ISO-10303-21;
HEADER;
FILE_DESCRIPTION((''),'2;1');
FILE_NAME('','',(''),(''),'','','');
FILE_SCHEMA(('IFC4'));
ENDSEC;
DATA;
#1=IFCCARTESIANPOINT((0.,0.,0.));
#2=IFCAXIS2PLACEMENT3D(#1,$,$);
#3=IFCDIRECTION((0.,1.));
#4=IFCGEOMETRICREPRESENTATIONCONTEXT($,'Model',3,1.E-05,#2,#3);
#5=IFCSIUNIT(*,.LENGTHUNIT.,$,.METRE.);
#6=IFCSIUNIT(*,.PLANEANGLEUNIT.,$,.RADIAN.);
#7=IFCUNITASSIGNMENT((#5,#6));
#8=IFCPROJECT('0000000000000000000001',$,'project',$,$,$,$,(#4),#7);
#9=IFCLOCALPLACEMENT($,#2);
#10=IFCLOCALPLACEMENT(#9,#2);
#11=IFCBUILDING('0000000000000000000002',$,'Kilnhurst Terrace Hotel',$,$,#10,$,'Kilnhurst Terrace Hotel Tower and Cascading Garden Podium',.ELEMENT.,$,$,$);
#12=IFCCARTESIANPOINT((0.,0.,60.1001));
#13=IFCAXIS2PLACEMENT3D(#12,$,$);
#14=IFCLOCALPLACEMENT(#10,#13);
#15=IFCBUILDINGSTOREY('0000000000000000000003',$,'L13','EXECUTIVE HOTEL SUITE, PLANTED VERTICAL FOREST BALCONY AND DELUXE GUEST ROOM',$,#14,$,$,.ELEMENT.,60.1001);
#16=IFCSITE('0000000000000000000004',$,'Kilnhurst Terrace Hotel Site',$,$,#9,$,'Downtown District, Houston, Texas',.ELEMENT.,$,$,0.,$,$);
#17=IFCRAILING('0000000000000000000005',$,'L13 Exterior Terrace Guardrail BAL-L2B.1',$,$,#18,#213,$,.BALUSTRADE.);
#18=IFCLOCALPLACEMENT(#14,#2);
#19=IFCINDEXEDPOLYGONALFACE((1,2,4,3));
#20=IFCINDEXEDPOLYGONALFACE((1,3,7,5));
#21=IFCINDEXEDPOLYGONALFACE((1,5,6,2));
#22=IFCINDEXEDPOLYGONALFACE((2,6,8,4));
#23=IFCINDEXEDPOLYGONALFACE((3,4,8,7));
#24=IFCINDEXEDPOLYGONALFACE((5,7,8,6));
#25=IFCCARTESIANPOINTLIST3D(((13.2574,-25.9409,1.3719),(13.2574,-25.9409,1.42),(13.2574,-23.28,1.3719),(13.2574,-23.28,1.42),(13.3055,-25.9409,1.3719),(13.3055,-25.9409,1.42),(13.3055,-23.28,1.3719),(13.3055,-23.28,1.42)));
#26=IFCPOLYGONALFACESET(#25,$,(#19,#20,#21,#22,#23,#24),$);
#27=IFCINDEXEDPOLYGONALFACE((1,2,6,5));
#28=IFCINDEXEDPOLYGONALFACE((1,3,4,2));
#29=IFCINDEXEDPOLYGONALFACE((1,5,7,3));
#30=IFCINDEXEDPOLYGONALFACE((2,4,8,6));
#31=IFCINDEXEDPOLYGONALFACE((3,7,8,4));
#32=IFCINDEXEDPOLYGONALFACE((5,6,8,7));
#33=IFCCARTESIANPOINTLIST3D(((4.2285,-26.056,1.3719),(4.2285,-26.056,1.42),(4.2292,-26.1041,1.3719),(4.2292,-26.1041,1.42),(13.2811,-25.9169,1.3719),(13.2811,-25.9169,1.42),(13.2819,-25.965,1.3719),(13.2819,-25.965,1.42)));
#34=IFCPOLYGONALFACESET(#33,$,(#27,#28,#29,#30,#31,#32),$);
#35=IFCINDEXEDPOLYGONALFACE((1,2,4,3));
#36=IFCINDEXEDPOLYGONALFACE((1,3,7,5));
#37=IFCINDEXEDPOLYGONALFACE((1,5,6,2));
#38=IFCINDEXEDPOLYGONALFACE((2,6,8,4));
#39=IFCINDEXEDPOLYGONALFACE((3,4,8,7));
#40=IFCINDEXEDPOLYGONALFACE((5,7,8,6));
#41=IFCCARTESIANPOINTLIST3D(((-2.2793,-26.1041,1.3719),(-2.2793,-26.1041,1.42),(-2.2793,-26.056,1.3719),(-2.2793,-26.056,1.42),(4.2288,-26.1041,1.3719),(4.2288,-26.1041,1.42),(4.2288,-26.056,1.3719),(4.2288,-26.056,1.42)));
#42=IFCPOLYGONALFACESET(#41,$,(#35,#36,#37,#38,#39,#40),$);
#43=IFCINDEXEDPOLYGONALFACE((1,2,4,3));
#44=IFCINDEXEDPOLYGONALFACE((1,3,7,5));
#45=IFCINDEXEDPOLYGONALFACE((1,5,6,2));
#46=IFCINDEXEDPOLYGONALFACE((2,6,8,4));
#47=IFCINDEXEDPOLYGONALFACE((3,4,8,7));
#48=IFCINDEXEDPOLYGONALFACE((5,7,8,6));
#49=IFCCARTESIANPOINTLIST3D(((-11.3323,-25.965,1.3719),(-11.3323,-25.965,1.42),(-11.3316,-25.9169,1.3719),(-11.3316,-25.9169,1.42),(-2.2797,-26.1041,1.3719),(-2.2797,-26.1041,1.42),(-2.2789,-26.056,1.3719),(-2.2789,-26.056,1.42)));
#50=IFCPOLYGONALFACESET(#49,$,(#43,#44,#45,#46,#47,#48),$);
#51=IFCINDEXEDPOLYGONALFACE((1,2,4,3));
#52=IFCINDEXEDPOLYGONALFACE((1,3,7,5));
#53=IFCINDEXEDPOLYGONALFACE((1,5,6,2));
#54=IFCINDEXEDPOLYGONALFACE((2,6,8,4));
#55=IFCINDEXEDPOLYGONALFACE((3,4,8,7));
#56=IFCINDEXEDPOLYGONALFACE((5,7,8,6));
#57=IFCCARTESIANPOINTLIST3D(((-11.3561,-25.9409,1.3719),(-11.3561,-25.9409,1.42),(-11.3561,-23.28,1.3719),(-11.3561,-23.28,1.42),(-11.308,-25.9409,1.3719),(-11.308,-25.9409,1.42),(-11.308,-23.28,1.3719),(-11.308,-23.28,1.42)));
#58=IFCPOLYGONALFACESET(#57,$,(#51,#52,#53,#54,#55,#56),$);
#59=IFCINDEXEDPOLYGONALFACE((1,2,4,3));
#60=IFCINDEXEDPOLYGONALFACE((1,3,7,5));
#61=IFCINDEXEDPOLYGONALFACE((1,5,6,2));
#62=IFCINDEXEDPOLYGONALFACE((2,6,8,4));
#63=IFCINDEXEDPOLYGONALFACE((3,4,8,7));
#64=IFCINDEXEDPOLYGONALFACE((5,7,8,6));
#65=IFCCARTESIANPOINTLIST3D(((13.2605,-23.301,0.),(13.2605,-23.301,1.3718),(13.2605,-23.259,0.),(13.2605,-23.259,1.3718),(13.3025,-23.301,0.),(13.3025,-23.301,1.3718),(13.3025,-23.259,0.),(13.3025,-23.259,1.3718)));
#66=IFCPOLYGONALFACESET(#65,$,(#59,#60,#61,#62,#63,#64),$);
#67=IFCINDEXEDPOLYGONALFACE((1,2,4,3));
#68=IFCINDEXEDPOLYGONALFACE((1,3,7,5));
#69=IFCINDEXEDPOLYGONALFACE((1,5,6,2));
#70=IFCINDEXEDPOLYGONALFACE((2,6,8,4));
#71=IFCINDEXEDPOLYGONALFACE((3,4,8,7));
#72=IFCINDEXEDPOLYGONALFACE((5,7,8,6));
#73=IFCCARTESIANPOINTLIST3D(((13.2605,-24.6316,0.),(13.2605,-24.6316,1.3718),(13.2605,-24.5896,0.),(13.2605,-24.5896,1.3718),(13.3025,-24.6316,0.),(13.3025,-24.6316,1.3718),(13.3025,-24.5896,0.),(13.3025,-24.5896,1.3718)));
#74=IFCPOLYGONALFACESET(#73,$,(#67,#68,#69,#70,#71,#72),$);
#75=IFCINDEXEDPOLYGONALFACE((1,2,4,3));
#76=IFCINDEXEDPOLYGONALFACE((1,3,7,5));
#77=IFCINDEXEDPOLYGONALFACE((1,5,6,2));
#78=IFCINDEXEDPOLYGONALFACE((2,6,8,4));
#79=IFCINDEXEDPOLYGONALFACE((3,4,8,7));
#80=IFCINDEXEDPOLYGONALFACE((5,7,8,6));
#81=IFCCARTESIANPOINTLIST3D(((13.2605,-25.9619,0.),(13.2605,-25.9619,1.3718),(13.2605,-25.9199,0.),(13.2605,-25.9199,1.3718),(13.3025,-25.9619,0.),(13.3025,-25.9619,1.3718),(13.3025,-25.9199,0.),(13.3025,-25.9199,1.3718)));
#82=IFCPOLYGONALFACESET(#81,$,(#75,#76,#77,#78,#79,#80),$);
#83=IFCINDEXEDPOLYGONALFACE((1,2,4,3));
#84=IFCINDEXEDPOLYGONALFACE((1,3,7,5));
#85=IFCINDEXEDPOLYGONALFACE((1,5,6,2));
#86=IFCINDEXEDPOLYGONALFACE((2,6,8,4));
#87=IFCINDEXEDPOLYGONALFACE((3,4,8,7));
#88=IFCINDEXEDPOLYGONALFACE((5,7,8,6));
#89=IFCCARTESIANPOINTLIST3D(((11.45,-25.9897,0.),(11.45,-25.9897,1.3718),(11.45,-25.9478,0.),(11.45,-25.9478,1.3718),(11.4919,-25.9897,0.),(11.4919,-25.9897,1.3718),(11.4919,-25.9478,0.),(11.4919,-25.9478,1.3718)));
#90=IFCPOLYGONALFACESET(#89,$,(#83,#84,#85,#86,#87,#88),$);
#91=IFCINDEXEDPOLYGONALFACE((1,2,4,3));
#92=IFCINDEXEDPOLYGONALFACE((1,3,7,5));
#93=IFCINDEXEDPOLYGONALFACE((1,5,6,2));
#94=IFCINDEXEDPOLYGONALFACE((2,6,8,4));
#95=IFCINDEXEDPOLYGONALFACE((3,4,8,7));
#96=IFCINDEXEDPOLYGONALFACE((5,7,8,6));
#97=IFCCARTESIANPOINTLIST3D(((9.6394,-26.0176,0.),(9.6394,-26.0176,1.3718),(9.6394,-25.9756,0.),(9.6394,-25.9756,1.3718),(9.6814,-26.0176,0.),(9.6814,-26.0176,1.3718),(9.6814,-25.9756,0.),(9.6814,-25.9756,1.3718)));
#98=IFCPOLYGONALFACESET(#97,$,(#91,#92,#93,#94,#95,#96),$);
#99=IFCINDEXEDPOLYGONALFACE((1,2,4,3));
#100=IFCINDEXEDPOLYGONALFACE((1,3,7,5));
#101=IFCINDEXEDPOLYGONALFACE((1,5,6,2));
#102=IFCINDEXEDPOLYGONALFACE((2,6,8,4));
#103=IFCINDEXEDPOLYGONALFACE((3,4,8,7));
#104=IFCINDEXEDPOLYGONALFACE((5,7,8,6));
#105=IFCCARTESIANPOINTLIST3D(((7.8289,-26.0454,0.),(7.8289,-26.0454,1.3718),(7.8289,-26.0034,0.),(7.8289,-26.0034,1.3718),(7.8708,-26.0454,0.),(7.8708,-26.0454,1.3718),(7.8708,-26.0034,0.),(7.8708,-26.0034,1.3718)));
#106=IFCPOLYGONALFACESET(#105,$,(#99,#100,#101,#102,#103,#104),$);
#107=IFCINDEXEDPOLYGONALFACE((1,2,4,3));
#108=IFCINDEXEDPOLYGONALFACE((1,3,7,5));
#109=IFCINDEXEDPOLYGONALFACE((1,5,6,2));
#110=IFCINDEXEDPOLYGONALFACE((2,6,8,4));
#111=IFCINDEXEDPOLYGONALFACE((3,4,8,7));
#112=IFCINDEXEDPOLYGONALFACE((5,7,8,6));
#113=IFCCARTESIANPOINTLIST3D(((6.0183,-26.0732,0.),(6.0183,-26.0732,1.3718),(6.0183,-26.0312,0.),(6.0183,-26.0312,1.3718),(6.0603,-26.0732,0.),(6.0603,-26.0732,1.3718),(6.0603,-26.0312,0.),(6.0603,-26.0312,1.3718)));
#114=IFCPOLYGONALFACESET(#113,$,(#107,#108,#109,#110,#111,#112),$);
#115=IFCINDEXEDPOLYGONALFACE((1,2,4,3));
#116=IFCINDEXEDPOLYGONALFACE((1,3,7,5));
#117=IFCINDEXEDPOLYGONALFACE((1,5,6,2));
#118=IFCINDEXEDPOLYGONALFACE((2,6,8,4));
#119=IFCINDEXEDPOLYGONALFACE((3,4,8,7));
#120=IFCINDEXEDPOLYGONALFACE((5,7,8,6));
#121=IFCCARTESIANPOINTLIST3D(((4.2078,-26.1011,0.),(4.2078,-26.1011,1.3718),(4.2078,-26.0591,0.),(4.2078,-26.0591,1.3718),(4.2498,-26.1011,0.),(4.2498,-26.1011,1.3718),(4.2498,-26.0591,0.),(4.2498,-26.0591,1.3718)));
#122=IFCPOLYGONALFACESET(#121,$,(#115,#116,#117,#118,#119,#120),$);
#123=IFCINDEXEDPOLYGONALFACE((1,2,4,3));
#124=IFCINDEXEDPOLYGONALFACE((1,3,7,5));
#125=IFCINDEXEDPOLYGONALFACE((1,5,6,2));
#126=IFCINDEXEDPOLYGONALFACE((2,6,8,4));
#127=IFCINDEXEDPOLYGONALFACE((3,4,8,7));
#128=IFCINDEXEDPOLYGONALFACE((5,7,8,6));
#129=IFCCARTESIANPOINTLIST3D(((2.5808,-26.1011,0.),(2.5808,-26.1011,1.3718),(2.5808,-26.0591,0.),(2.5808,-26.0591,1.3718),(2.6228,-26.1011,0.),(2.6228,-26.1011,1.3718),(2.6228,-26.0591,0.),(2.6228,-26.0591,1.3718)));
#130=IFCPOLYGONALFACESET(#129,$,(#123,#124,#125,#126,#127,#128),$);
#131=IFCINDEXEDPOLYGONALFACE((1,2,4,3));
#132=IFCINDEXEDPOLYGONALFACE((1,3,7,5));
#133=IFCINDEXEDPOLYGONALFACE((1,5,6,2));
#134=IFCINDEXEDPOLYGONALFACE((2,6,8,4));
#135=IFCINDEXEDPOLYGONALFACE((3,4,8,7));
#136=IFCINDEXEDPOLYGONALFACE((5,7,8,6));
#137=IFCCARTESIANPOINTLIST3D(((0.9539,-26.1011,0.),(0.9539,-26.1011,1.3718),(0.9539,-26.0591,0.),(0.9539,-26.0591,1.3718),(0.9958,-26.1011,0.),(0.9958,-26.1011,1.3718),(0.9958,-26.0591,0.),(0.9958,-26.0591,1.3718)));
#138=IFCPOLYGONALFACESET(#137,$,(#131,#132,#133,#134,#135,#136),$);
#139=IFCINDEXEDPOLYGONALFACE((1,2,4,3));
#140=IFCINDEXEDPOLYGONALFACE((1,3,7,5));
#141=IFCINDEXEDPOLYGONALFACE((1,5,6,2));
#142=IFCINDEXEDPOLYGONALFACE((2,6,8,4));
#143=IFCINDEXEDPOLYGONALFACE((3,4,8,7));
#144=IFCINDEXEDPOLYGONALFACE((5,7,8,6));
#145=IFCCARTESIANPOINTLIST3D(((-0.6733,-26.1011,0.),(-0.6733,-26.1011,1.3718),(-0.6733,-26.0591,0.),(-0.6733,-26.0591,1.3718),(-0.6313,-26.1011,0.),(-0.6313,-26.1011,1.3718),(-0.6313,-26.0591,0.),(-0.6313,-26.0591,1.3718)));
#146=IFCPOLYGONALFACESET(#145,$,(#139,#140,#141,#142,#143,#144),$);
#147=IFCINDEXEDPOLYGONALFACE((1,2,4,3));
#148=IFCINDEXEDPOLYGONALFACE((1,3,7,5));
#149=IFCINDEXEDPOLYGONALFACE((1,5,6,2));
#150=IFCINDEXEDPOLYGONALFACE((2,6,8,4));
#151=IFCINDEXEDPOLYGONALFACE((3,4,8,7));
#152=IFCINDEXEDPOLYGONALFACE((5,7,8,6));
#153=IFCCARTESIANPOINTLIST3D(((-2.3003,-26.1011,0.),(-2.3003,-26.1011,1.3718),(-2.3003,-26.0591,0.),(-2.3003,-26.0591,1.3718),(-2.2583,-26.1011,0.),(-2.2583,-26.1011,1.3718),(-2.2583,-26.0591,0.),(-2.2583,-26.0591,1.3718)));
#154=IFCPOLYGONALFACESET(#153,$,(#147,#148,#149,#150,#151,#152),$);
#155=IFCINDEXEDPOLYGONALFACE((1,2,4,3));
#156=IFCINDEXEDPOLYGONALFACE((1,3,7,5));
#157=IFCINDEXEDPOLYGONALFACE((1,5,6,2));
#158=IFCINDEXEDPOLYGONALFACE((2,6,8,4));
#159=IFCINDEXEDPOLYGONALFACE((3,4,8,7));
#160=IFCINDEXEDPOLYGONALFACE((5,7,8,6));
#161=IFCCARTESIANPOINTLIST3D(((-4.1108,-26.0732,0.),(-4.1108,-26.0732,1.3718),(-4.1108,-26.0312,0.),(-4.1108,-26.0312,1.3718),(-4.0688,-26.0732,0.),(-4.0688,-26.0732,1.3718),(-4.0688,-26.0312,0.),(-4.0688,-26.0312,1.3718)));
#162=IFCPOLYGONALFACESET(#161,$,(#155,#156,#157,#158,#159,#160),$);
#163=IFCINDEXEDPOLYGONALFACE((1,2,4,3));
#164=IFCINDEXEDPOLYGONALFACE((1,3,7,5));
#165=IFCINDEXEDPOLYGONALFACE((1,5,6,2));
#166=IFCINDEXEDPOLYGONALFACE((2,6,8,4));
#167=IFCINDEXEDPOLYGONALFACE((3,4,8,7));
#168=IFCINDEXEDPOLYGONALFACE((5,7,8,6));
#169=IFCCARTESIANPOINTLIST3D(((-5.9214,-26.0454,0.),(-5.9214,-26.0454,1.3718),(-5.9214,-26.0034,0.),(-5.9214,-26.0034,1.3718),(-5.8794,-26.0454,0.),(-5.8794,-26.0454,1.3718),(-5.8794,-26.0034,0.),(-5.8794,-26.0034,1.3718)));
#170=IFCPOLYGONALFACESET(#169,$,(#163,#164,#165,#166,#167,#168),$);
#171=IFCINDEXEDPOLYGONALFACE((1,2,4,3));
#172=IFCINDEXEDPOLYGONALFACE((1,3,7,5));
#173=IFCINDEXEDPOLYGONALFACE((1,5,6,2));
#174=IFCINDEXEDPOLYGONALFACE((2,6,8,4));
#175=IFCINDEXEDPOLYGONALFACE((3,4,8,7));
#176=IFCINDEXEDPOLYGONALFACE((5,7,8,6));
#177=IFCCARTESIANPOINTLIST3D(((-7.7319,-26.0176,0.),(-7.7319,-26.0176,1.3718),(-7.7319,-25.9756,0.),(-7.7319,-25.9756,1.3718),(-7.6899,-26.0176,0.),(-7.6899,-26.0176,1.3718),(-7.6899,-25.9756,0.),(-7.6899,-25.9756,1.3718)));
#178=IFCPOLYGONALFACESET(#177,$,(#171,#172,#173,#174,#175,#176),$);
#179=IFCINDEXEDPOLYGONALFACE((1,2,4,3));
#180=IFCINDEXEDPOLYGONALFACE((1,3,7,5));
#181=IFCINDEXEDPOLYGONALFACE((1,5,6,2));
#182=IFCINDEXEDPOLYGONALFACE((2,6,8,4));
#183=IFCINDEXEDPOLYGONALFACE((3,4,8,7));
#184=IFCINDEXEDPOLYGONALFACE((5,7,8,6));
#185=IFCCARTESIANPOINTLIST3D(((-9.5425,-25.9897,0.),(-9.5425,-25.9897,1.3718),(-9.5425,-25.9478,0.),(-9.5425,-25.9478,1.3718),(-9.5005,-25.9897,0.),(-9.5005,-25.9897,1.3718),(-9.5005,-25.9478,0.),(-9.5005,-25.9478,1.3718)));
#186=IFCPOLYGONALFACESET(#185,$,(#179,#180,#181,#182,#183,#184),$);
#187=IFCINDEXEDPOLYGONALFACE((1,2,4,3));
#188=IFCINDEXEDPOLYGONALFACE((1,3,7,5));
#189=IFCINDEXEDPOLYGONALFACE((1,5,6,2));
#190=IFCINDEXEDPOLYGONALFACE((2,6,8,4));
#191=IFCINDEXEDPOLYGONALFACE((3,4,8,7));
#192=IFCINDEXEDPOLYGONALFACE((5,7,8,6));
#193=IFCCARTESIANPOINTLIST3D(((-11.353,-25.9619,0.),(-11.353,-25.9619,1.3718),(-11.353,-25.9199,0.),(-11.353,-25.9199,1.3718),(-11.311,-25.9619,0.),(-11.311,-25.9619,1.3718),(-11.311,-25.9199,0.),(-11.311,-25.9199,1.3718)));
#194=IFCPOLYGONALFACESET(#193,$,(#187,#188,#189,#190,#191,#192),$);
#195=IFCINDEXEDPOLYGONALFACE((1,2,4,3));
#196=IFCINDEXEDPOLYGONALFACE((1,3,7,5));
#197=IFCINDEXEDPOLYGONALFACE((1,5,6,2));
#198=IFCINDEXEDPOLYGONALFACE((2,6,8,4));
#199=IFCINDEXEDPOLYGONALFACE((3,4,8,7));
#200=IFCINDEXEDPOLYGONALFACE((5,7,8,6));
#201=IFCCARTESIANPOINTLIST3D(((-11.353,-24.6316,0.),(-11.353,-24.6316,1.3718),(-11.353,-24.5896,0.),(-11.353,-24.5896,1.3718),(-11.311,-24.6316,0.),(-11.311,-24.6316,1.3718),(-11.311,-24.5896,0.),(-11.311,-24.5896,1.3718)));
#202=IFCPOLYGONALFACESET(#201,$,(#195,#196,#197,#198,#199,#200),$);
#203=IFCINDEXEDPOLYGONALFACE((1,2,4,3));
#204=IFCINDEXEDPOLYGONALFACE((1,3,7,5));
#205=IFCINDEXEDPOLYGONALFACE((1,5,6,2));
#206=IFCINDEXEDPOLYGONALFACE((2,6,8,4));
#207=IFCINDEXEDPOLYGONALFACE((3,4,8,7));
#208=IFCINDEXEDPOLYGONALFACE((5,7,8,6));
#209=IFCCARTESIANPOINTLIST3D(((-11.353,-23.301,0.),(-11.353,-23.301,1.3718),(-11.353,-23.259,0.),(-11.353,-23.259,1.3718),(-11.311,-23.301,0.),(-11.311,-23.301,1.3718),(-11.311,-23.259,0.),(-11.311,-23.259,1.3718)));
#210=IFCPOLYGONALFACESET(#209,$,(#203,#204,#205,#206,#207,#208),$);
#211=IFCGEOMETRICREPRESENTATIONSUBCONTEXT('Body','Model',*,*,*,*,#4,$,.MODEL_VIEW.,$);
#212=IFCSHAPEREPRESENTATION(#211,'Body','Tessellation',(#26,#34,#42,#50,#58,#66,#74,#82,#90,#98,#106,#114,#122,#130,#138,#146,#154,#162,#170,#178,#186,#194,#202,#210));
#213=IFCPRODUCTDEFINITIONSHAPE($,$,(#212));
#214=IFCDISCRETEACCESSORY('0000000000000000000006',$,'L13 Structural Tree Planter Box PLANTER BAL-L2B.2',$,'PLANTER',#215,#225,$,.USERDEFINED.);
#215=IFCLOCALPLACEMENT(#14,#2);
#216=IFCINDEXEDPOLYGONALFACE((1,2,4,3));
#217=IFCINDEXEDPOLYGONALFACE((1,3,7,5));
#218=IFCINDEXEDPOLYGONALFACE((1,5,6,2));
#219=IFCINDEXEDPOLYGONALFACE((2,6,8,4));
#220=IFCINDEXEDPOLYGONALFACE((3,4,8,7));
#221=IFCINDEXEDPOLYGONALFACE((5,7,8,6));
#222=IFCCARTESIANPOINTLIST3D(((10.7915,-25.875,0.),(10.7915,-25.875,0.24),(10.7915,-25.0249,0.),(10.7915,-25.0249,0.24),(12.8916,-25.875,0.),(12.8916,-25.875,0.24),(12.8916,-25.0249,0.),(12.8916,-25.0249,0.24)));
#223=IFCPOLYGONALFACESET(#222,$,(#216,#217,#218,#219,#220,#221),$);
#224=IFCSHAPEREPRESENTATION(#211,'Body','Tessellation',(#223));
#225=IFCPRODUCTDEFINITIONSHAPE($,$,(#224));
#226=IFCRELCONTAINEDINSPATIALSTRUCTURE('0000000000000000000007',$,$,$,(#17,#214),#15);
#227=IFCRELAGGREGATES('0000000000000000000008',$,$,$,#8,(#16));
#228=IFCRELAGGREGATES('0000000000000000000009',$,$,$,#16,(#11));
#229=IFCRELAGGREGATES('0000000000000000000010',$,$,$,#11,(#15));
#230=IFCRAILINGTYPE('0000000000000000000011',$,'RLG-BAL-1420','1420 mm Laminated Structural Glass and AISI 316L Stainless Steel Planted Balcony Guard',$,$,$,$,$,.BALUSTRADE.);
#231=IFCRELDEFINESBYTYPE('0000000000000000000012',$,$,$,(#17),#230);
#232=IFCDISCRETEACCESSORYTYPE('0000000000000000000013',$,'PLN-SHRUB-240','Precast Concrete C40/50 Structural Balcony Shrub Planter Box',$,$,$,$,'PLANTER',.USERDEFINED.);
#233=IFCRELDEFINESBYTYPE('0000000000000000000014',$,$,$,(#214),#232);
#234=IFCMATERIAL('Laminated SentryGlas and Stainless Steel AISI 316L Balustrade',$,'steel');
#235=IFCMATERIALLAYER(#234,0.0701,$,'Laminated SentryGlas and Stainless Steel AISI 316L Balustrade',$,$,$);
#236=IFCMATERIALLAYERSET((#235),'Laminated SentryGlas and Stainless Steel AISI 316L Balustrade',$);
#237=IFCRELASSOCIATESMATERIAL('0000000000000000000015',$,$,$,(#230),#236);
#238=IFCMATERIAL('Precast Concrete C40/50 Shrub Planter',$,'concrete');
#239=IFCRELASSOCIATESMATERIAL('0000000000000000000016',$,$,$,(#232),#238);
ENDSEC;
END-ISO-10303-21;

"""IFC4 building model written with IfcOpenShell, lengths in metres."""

from ifc_helpers import new_model, si_unit, direction, frame, origin, origin_2d, place, context, subcontext, project, spatial, rectangle, extrude, material, layer, layer_set, type_object, element, save


model = new_model("IFC4")

# Units and contexts
model_context = context("Model", 3, precision=1e-05, world=origin(), true_north=direction((0.0, 1.0)))
body_context = subcontext(model_context, "Body", "Model", "MODEL_VIEW")
ifc_project = project(units=[si_unit("LENGTHUNIT", "METRE"), si_unit("PLANEANGLEUNIT", "RADIAN")], contexts=[model_context])

# Site, building, storey
site_placement = place(None, origin())
site = spatial("IfcSite", under=ifc_project, at=site_placement, Name="Kilnhurst Terrace Hotel Site", LongName="Downtown District, Houston, Texas", CompositionType="ELEMENT", RefElevation=0.0)
building_placement = place(site_placement, origin())
building = spatial("IfcBuilding", under=site, at=building_placement, Name="Kilnhurst Terrace Hotel", LongName="Kilnhurst Terrace Hotel Tower and Cascading Garden Podium", CompositionType="ELEMENT")
storey_placement = place(building_placement, frame((0.0, 0.0, 60.1001)))
storey = spatial("IfcBuildingStorey", under=building, at=storey_placement, Name="L13", Description="EXECUTIVE HOTEL SUITE, PLANTED VERTICAL FOREST BALCONY AND DELUXE GUEST ROOM", CompositionType="ELEMENT", Elevation=60.1001)

# Railing
ifc_material_1 = material(Name="Laminated SentryGlas and Stainless Steel AISI 316L Balustrade", Category="steel")
ifc_layer_1 = layer(ifc_material_1, 0.0701, Name="Laminated SentryGlas and Stainless Steel AISI 316L Balustrade")
ifc_layer_set_1 = layer_set([ifc_layer_1], Name="Laminated SentryGlas and Stainless Steel AISI 316L Balustrade")
railing_type = type_object("IfcRailingType", Name="RLG-BAL-1420", Description="1420 mm Laminated Structural Glass and AISI 316L Stainless Steel Planted Balcony Guard", PredefinedType="BALUSTRADE", material=ifc_layer_set_1)
railing_placement = place(storey_placement, frame((13.2815, -23.28, 0.0)))
element("IfcRailing", 1, at=railing_placement, inside=storey, type_object=railing_type, Name="L13 Exterior Terrace Guardrail BAL-L2B.1", PredefinedType="BALUSTRADE", context=body_context, shape_type="SweptSolid", body=[
    extrude(rectangle(XDim=0.0481, YDim=0.0481, at=origin_2d()), frame((0.0, 0.0, 1.396), z_axis=(0.0, -1.0, 0.0), x_axis=(1.0, 0.0, 0.0)), (0.0, 0.0, 1.0), 2.6609),
    extrude(rectangle(XDim=0.0481, YDim=0.0481, at=origin_2d()), frame((0.0, -2.6609, 1.396), z_axis=(-0.999882, -0.01537, 0.0), x_axis=(0.01537, -0.999882, 0.0)), (0.0, 0.0, 1.0), 9.0537),
    extrude(rectangle(XDim=0.0481, YDim=0.0481, at=origin_2d()), frame((-9.0527, -2.8, 1.396), z_axis=(-1.0, 0.0, 0.0), x_axis=(0.0, -1.0, 0.0)), (0.0, 0.0, 1.0), 6.5081),
    extrude(rectangle(XDim=0.0481, YDim=0.0481, at=origin_2d()), frame((-15.5608, -2.8, 1.396), z_axis=(-0.999882, 0.01537, 0.0), x_axis=(-0.01537, -0.999882, 0.0)), (0.0, 0.0, 1.0), 9.0537),
    extrude(rectangle(XDim=0.0481, YDim=0.0481, at=origin_2d()), frame((-24.6135, -2.6609, 1.396), z_axis=(0.0, 1.0, 0.0), x_axis=(-1.0, 0.0, 0.0)), (0.0, 0.0, 1.0), 2.6609),
    extrude(rectangle(XDim=0.042, YDim=0.042, at=origin_2d()), origin(), (0.0, 0.0, 1.0), 1.3718),
    extrude(rectangle(XDim=0.042, YDim=0.042, at=origin_2d()), frame((0.0, -1.3306, 0.0)), (0.0, 0.0, 1.0), 1.3718),
    extrude(rectangle(XDim=0.042, YDim=0.042, at=origin_2d()), frame((0.0, -2.6609, 0.0)), (0.0, 0.0, 1.0), 1.3718),
    extrude(rectangle(XDim=0.042, YDim=0.042, at=origin_2d()), frame((-1.8105, -2.6887, 0.0)), (0.0, 0.0, 1.0), 1.3718),
    extrude(rectangle(XDim=0.042, YDim=0.042, at=origin_2d()), frame((-3.6211, -2.7166, 0.0)), (0.0, 0.0, 1.0), 1.3718),
    extrude(rectangle(XDim=0.042, YDim=0.042, at=origin_2d()), frame((-5.4316, -2.7444, 0.0)), (0.0, 0.0, 1.0), 1.3718),
    extrude(rectangle(XDim=0.042, YDim=0.042, at=origin_2d()), frame((-7.2422, -2.7722, 0.0)), (0.0, 0.0, 1.0), 1.3718),
    extrude(rectangle(XDim=0.042, YDim=0.042, at=origin_2d()), frame((-9.0527, -2.8, 0.0)), (0.0, 0.0, 1.0), 1.3718),
    extrude(rectangle(XDim=0.042, YDim=0.042, at=origin_2d()), frame((-10.6797, -2.8, 0.0)), (0.0, 0.0, 1.0), 1.3718),
    extrude(rectangle(XDim=0.042, YDim=0.042, at=origin_2d()), frame((-12.3066, -2.8, 0.0)), (0.0, 0.0, 1.0), 1.3718),
    extrude(rectangle(XDim=0.042, YDim=0.042, at=origin_2d()), frame((-13.9338, -2.8, 0.0)), (0.0, 0.0, 1.0), 1.3718),
    extrude(rectangle(XDim=0.042, YDim=0.042, at=origin_2d()), frame((-15.5608, -2.8, 0.0)), (0.0, 0.0, 1.0), 1.3718),
    extrude(rectangle(XDim=0.042, YDim=0.042, at=origin_2d()), frame((-17.3713, -2.7722, 0.0)), (0.0, 0.0, 1.0), 1.3718),
    extrude(rectangle(XDim=0.042, YDim=0.042, at=origin_2d()), frame((-19.1819, -2.7444, 0.0)), (0.0, 0.0, 1.0), 1.3718),
    extrude(rectangle(XDim=0.042, YDim=0.042, at=origin_2d()), frame((-20.9924, -2.7166, 0.0)), (0.0, 0.0, 1.0), 1.3718),
    extrude(rectangle(XDim=0.042, YDim=0.042, at=origin_2d()), frame((-22.803, -2.6887, 0.0)), (0.0, 0.0, 1.0), 1.3718),
    extrude(rectangle(XDim=0.042, YDim=0.042, at=origin_2d()), frame((-24.6135, -2.6609, 0.0)), (0.0, 0.0, 1.0), 1.3718),
    extrude(rectangle(XDim=0.042, YDim=0.042, at=origin_2d()), frame((-24.6135, -1.3306, 0.0)), (0.0, 0.0, 1.0), 1.3718),
    extrude(rectangle(XDim=0.042, YDim=0.042, at=origin_2d()), frame((-24.6135, 0.0, 0.0)), (0.0, 0.0, 1.0), 1.3718),
])

# Discrete accessory
ifc_material_2 = material(Name="Precast Concrete C40/50 Shrub Planter", Category="concrete")
discrete_accessory_type = type_object("IfcDiscreteAccessoryType", Name="PLN-SHRUB-240", Description="Precast Concrete C40/50 Structural Balcony Shrub Planter Box", ElementType="PLANTER", PredefinedType="USERDEFINED", material=ifc_material_2)
discrete_accessory_placement = place(storey_placement, frame((11.8416, -25.45, 0.0), z_axis=(0.0, 0.0, 1.0), x_axis=(1.0, 0.0, 0.0)))
element("IfcDiscreteAccessory", 2, at=discrete_accessory_placement, inside=storey, type_object=discrete_accessory_type, Name="L13 Structural Tree Planter Box PLANTER BAL-L2B.2", ObjectType="PLANTER", PredefinedType="USERDEFINED", context=body_context, shape_type="SweptSolid", body=[
    extrude(rectangle(XDim=2.1001, YDim=0.8501, at=origin_2d()), origin(), (0.0, 0.0, 1.0), 0.24),
])

save(model, "model.ifc")
